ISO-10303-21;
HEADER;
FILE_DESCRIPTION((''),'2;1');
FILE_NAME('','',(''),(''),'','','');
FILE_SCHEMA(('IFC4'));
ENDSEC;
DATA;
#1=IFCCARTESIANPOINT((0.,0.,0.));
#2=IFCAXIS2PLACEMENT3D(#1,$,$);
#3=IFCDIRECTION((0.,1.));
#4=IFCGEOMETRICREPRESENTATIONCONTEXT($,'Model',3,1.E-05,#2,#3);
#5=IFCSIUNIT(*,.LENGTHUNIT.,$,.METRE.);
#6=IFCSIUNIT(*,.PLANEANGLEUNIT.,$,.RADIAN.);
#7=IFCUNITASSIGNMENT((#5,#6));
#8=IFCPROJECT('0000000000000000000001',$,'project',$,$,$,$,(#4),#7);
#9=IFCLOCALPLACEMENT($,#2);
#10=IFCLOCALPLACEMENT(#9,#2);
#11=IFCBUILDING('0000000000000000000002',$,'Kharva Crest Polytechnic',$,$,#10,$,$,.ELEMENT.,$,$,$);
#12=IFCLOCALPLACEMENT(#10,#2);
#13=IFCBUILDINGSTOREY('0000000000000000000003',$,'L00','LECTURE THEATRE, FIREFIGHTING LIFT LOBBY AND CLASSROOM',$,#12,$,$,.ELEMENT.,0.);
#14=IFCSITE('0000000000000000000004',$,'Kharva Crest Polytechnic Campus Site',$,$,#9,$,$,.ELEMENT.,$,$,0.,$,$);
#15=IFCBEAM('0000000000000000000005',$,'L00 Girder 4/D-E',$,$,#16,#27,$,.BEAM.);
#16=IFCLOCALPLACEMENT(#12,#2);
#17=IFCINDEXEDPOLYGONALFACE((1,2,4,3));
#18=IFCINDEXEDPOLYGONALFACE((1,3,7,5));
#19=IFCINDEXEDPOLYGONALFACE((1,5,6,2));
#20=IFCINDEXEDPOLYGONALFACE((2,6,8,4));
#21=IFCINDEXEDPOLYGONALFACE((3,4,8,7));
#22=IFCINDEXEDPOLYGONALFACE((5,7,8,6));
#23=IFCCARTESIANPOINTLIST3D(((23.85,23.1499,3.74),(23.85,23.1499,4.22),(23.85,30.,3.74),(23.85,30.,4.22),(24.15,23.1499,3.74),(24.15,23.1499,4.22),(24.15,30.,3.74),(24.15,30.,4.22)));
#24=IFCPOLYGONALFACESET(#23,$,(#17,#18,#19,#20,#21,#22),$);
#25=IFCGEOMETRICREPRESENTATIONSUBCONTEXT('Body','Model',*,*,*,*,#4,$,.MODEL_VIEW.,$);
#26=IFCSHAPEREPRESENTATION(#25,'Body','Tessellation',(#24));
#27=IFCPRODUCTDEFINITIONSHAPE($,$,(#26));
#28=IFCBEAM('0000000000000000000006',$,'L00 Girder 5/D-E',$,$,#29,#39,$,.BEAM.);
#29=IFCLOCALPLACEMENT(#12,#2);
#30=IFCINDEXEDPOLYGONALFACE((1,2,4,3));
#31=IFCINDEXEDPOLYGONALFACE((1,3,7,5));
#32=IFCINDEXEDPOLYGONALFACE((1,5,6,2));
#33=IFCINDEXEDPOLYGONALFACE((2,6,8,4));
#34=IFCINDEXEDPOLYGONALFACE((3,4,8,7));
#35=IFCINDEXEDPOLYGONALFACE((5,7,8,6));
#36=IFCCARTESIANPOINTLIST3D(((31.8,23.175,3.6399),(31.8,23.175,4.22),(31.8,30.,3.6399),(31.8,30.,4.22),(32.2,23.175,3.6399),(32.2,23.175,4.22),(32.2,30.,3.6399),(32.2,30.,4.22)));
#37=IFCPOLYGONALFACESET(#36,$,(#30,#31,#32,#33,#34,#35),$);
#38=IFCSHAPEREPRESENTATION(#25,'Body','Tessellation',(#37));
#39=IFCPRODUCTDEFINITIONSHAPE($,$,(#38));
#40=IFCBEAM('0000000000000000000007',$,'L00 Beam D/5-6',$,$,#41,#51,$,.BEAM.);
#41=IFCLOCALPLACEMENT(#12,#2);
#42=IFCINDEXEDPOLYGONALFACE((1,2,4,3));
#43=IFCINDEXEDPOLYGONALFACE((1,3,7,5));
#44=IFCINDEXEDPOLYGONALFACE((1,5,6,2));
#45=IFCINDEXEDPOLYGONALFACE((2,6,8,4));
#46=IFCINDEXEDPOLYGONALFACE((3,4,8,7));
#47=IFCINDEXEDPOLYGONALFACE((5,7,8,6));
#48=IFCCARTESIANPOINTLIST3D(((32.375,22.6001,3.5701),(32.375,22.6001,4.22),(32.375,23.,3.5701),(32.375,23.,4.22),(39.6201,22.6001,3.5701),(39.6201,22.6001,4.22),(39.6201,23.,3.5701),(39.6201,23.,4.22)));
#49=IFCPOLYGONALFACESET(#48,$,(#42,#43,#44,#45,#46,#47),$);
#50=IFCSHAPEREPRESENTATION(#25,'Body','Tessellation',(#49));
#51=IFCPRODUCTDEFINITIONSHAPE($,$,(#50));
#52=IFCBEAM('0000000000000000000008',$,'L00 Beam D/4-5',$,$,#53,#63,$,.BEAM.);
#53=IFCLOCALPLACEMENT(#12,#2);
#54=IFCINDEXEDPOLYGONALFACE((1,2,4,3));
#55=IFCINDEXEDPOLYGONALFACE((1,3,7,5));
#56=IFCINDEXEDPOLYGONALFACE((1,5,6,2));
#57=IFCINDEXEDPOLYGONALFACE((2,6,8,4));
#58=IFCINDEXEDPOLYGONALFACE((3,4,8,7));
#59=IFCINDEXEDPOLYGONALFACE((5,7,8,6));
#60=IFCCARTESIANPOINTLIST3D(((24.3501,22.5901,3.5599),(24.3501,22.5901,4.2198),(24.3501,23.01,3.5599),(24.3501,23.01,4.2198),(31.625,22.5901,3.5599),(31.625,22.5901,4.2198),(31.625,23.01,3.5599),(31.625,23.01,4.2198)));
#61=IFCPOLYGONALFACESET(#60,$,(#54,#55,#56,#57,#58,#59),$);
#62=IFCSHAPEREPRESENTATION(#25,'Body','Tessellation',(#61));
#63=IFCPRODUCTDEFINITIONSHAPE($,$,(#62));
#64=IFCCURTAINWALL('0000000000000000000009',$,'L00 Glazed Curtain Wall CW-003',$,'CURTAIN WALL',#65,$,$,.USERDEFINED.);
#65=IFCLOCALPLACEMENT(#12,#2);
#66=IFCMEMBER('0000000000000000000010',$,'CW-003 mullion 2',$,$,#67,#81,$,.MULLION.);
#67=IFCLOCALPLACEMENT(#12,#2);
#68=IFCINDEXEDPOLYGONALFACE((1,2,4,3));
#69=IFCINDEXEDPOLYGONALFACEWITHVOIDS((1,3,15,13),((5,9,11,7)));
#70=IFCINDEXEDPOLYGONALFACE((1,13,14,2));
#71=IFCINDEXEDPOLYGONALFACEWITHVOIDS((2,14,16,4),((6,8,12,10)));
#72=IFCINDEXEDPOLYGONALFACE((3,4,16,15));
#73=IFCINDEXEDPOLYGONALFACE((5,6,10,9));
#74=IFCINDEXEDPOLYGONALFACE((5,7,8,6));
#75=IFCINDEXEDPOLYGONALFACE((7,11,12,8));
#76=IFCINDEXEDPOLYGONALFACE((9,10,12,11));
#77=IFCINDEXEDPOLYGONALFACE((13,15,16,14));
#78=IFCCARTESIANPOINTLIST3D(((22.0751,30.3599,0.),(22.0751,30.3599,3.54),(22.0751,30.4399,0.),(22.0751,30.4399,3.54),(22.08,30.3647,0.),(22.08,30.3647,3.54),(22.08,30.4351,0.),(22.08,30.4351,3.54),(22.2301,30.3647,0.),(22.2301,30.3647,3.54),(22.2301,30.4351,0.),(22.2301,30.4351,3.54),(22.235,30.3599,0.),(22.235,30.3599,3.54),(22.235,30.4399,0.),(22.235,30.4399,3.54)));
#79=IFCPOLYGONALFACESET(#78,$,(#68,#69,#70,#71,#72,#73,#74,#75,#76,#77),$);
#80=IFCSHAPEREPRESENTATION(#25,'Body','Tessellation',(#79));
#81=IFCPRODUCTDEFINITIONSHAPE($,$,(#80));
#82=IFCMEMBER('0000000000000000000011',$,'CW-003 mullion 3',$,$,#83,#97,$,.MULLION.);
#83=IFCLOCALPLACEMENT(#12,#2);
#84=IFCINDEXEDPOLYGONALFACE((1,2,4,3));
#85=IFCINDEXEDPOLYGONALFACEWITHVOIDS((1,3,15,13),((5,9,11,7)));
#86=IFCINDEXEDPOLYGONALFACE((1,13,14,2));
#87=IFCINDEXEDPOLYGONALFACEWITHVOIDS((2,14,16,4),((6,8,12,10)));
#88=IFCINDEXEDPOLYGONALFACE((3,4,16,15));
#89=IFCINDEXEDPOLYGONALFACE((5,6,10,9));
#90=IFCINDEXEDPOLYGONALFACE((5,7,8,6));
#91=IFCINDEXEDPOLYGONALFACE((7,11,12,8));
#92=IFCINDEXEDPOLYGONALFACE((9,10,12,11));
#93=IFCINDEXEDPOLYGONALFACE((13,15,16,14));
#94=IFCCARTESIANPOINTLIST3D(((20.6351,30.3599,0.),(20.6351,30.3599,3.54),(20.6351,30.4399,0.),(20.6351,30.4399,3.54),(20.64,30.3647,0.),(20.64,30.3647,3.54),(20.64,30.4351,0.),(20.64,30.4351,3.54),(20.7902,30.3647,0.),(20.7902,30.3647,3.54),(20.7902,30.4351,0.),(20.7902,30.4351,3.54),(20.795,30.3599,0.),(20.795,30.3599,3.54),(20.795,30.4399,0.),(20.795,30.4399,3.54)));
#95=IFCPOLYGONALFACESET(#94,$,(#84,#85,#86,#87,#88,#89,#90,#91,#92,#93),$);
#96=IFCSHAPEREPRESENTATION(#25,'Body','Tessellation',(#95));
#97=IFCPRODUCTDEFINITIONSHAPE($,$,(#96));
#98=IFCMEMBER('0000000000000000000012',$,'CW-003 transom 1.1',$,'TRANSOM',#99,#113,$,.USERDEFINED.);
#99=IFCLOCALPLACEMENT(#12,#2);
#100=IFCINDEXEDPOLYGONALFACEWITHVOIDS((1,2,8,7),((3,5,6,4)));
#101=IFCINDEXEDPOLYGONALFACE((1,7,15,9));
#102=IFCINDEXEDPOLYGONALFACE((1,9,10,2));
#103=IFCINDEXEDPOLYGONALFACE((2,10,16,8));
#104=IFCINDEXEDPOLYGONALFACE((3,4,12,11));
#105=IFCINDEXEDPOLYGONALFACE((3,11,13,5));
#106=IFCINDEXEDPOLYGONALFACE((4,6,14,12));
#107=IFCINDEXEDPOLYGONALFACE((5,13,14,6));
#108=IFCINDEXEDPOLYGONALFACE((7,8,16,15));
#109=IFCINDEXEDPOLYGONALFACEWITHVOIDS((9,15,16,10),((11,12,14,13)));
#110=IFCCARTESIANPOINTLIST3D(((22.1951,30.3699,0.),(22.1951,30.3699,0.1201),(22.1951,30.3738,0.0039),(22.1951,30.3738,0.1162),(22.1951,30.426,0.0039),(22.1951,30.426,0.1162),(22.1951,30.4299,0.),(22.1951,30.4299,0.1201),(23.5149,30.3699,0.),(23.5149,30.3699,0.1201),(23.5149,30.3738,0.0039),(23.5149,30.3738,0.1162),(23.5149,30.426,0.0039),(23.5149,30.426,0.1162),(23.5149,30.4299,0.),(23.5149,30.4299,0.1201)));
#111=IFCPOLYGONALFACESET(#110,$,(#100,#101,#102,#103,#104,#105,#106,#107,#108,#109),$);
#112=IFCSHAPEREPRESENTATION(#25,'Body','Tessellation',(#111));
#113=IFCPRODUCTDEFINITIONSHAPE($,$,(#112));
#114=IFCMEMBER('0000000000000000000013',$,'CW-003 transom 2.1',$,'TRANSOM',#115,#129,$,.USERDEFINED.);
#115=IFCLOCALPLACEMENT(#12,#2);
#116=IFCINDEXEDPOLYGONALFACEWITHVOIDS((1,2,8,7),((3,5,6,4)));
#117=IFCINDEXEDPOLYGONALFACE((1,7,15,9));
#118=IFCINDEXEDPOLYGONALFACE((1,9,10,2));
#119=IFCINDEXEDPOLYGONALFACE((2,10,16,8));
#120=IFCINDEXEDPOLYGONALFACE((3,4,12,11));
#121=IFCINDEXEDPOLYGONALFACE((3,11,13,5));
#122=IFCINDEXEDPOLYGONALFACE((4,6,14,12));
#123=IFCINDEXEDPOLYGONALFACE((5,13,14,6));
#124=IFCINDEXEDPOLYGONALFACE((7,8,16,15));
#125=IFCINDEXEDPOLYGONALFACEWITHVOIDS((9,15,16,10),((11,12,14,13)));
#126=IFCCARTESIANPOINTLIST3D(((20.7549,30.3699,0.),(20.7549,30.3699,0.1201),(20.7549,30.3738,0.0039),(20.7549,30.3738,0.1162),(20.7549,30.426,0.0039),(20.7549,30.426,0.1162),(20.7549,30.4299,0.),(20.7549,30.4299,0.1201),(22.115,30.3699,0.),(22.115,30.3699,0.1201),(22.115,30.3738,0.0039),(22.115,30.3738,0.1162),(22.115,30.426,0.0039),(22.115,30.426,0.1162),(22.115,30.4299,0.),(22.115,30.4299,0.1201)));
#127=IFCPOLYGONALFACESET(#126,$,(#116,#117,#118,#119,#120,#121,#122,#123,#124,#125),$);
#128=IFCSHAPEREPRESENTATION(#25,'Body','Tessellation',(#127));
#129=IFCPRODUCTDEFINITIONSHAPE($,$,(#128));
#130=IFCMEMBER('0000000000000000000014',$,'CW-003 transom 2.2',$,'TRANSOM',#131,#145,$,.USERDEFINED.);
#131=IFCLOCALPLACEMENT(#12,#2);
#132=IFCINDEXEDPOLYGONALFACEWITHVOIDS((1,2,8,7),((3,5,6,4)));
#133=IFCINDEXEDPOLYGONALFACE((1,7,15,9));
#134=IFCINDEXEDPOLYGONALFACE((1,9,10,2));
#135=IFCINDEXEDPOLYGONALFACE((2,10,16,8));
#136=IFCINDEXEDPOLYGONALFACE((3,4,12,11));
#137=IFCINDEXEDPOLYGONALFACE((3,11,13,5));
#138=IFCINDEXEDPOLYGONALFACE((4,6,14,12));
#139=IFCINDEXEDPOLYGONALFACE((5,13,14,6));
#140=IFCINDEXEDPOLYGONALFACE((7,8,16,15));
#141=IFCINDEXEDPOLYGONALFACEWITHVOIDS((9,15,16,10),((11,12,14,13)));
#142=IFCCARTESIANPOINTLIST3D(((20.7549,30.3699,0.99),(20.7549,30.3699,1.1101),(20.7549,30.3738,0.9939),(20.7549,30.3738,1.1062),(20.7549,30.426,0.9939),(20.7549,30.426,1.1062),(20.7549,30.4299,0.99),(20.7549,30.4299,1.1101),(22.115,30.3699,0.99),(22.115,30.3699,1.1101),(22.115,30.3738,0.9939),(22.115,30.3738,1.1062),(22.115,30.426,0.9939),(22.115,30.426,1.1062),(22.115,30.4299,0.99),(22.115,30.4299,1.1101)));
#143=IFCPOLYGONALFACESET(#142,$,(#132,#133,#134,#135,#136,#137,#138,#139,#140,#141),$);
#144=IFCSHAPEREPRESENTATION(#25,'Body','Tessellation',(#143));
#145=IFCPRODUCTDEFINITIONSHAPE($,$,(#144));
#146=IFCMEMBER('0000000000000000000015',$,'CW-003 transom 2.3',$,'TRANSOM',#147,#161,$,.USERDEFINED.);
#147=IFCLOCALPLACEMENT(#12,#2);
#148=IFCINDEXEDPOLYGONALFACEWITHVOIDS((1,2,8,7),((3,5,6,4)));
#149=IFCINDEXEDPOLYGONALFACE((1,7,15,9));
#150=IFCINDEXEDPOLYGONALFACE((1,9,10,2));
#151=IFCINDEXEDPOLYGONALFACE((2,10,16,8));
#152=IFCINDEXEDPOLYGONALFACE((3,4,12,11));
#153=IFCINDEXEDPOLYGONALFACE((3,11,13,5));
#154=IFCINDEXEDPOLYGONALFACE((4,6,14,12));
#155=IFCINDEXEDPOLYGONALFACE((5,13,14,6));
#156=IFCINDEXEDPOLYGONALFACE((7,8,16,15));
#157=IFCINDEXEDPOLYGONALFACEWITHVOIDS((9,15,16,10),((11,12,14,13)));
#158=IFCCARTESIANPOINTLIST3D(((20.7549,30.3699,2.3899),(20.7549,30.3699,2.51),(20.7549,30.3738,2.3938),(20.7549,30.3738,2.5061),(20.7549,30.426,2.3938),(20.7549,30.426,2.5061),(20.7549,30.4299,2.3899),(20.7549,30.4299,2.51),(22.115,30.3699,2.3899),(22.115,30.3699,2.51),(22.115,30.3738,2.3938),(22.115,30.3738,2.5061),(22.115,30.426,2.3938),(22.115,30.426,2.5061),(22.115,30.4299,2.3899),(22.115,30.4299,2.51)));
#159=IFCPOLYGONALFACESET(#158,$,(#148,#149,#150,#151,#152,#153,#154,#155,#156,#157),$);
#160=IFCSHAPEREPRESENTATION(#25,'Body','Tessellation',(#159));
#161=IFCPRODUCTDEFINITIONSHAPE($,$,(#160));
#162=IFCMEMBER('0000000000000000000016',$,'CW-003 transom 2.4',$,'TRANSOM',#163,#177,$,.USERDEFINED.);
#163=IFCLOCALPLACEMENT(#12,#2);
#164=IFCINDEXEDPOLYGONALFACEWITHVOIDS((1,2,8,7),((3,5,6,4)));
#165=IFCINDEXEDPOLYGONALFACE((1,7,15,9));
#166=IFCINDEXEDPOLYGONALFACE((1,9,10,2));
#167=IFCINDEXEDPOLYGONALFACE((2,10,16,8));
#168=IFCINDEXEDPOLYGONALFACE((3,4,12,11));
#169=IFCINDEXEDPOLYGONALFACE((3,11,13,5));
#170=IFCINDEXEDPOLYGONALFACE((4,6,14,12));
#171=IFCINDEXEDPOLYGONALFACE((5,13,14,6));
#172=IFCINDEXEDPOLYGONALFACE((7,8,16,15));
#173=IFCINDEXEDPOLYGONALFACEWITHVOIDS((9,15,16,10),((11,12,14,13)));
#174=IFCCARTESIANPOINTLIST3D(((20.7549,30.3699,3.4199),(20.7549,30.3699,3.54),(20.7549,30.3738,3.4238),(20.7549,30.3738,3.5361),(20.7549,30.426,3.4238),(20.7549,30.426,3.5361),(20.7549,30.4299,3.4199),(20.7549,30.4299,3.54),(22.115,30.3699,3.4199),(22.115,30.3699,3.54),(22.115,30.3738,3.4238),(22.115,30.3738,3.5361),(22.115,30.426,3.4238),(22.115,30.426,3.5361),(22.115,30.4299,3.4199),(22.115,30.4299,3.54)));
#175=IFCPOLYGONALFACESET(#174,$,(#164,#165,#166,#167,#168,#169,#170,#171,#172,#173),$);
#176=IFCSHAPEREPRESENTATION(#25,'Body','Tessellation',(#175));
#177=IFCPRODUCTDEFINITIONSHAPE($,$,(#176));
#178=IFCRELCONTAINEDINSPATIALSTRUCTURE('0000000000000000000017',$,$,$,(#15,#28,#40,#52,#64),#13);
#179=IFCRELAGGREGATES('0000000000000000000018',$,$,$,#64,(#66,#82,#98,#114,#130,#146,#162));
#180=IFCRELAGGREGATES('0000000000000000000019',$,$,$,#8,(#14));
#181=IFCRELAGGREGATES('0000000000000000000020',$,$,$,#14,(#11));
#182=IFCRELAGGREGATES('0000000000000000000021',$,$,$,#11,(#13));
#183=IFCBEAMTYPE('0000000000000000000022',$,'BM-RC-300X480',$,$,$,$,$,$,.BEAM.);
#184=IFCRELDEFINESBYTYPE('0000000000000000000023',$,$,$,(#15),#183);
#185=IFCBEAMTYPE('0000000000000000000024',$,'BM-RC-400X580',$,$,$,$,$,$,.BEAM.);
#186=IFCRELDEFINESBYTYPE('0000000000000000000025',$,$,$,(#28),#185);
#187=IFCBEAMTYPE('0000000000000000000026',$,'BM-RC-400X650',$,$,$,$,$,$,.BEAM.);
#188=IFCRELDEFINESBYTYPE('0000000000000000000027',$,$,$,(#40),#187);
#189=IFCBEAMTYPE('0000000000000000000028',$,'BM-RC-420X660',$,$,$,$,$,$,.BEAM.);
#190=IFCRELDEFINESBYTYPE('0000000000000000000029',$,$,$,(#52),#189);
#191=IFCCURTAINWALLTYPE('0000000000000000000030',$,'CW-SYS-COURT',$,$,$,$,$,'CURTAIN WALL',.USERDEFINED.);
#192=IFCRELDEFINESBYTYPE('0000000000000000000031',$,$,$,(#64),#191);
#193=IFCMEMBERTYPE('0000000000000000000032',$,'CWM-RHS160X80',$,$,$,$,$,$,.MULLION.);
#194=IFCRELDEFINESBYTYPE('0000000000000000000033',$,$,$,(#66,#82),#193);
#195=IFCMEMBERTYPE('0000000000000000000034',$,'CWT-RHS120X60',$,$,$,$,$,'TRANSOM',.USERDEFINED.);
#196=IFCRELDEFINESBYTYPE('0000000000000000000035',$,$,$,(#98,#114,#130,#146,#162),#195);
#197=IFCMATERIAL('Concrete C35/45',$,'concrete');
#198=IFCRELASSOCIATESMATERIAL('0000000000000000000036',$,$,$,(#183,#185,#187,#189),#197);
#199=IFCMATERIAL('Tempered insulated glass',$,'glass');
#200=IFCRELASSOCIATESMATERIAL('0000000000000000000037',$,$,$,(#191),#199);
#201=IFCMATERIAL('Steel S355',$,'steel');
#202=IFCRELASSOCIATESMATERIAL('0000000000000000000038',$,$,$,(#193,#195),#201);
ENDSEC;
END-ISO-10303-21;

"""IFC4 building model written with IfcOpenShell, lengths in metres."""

from ifc_helpers import new_model, si_unit, direction, frame, origin, origin_2d, place, context, subcontext, project, spatial, rectangle, hollow_rectangle, extrude, material, material_profile, profile_set, type_object, element, aggregate, save


model = new_model("IFC4")

# Units and contexts
model_context = context("Model", 3, precision=1e-05, world=origin(), true_north=direction((0.0, 1.0)))
body_context = subcontext(model_context, "Body", "Model", "MODEL_VIEW")
ifc_project = project(units=[si_unit("LENGTHUNIT", "METRE"), si_unit("PLANEANGLEUNIT", "RADIAN")], contexts=[model_context])

# Site, building, storey
site_placement = place(None, origin())
site = spatial("IfcSite", under=ifc_project, at=site_placement, Name="Kharva Crest Polytechnic Campus Site", CompositionType="ELEMENT", RefElevation=0.0)
building_placement = place(site_placement, origin())
building = spatial("IfcBuilding", under=site, at=building_placement, Name="Kharva Crest Polytechnic", CompositionType="ELEMENT")
storey_placement = place(building_placement, origin())
storey = spatial("IfcBuildingStorey", under=building, at=storey_placement, Name="L00", Description="LECTURE THEATRE, FIREFIGHTING LIFT LOBBY AND CLASSROOM", CompositionType="ELEMENT", Elevation=0.0)

# Shared definitions
ifc_material_1 = material(Name="Concrete C35/45", Category="concrete")

# Beams
ifc_material_profile_1 = material_profile(ifc_material_1, rectangle(XDim=0.3, YDim=0.48, at=origin_2d()), Name="RECT 300 X 480")
ifc_profile_set_1 = profile_set([ifc_material_profile_1], Name="Concrete C35/45")
beam_type_1 = type_object("IfcBeamType", Name="BM-RC-300X480", PredefinedType="BEAM", material=ifc_profile_set_1)
beam_1_placement = place(storey_placement, frame((24.0, 23.1499, 3.98), z_axis=(0.0, 1.0, 0.0), x_axis=(-1.0, 0.0, 0.0)))
element("IfcBeam", 1, at=beam_1_placement, inside=storey, type_object=beam_type_1, Name="L00 Girder 4/D-E", PredefinedType="BEAM", context=body_context, shape_type="SweptSolid", body=[
    extrude(rectangle(XDim=0.3, YDim=0.48, at=origin_2d()), origin(), (0.0, 0.0, 1.0), 6.8501),
])
ifc_material_profile_2 = material_profile(ifc_material_1, rectangle(XDim=0.3999, YDim=0.5801, at=origin_2d()), Name="RECT 400 X 580")
ifc_profile_set_2 = profile_set([ifc_material_profile_2], Name="Concrete C35/45")
beam_type_2 = type_object("IfcBeamType", Name="BM-RC-400X580", PredefinedType="BEAM", material=ifc_profile_set_2)
beam_2_placement = place(storey_placement, frame((32.0, 23.175, 3.9299), z_axis=(0.0, 1.0, 0.0), x_axis=(-1.0, 0.0, 0.0)))
element("IfcBeam", 2, at=beam_2_placement, inside=storey, type_object=beam_type_2, Name="L00 Girder 5/D-E", PredefinedType="BEAM", context=body_context, shape_type="SweptSolid", body=[
    extrude(rectangle(XDim=0.3999, YDim=0.5801, at=origin_2d()), origin(), (0.0, 0.0, 1.0), 6.825),
])
ifc_material_profile_3 = material_profile(ifc_material_1, rectangle(XDim=0.3999, YDim=0.6499, at=origin_2d()), Name="RECT 400 X 650")
ifc_profile_set_3 = profile_set([ifc_material_profile_3], Name="Concrete C35/45")
beam_type_3 = type_object("IfcBeamType", Name="BM-RC-400X650", PredefinedType="BEAM", material=ifc_profile_set_3)
beam_3_placement = place(storey_placement, frame((32.375, 22.8, 3.895), z_axis=(1.0, 0.0, 0.0), x_axis=(0.0, 1.0, 0.0)))
element("IfcBeam", 3, at=beam_3_placement, inside=storey, type_object=beam_type_3, Name="L00 Beam D/5-6", PredefinedType="BEAM", context=body_context, shape_type="SweptSolid", body=[
    extrude(rectangle(XDim=0.3999, YDim=0.6499, at=origin_2d()), origin(), (0.0, 0.0, 1.0), 7.2451),
])
ifc_material_profile_4 = material_profile(ifc_material_1, rectangle(XDim=0.4199, YDim=0.6599, at=origin_2d()), Name="RECT 420 X 660")
ifc_profile_set_4 = profile_set([ifc_material_profile_4], Name="Concrete C35/45")
beam_type_4 = type_object("IfcBeamType", Name="BM-RC-420X660", PredefinedType="BEAM", material=ifc_profile_set_4)
beam_4_placement = place(storey_placement, frame((24.3501, 22.8, 3.8899), z_axis=(1.0, 0.0, 0.0), x_axis=(0.0, 1.0, 0.0)))
element("IfcBeam", 4, at=beam_4_placement, inside=storey, type_object=beam_type_4, Name="L00 Beam D/4-5", PredefinedType="BEAM", context=body_context, shape_type="SweptSolid", body=[
    extrude(rectangle(XDim=0.4199, YDim=0.6599, at=origin_2d()), origin(), (0.0, 0.0, 1.0), 7.2749),
])

# Curtain wall, members
ifc_material_2 = material(Name="Tempered insulated glass", Category="glass")
curtain_wall_type = type_object("IfcCurtainWallType", Name="CW-SYS-COURT", ElementType="CURTAIN WALL", PredefinedType="USERDEFINED", material=ifc_material_2)
curtain_wall_placement = place(storey_placement, origin())
curtain_wall = element("IfcCurtainWall", 5, at=curtain_wall_placement, inside=storey, type_object=curtain_wall_type, Name="L00 Glazed Curtain Wall CW-003", ObjectType="CURTAIN WALL", PredefinedType="USERDEFINED")
ifc_material_3 = material(Name="Steel S355", Category="steel")
ifc_material_profile_5 = material_profile(ifc_material_3, hollow_rectangle(XDim=0.0801, YDim=0.1599, WallThickness=0.0049, at=origin_2d()), Name="RHS 160X80X5.0")
ifc_profile_set_5 = profile_set([ifc_material_profile_5], Name="Steel S355")
member_type_1 = type_object("IfcMemberType", Name="CWM-RHS160X80", PredefinedType="MULLION", material=ifc_profile_set_5)
member_1_placement = place(storey_placement, frame((22.155, 30.3999, 0.0), z_axis=(0.0, 0.0, 1.0), x_axis=(0.0, -1.0, 0.0)))
member_1 = element("IfcMember", 6, at=member_1_placement, type_object=member_type_1, Name="CW-003 mullion 2", PredefinedType="MULLION", context=body_context, shape_type="SweptSolid", body=[
    extrude(hollow_rectangle(XDim=0.0801, YDim=0.1599, WallThickness=0.0049, at=origin_2d()), origin(), (0.0, 0.0, 1.0), 3.54),
])
member_2_placement = place(storey_placement, frame((20.7151, 30.3999, 0.0), z_axis=(0.0, 0.0, 1.0), x_axis=(0.0, -1.0, 0.0)))
member_2 = element("IfcMember", 7, at=member_2_placement, type_object=member_type_1, Name="CW-003 mullion 3", PredefinedType="MULLION", context=body_context, shape_type="SweptSolid", body=[
    extrude(hollow_rectangle(XDim=0.0801, YDim=0.1599, WallThickness=0.0049, at=origin_2d()), origin(), (0.0, 0.0, 1.0), 3.54),
])
ifc_material_profile_6 = material_profile(ifc_material_3, hollow_rectangle(XDim=0.0601, YDim=0.1201, WallThickness=0.0039, at=origin_2d()), Name="RHS 120X60X4.0")
ifc_profile_set_6 = profile_set([ifc_material_profile_6], Name="Steel S355")
member_type_2 = type_object("IfcMemberType", Name="CWT-RHS120X60", ElementType="TRANSOM", PredefinedType="USERDEFINED", material=ifc_profile_set_6)
member_3_placement = place(storey_placement, frame((23.5149, 30.3999, 0.0601), z_axis=(-1.0, 0.0, 0.0), x_axis=(0.0, -1.0, 0.0)))
member_3 = element("IfcMember", 8, at=member_3_placement, type_object=member_type_2, Name="CW-003 transom 1.1", ObjectType="TRANSOM", PredefinedType="USERDEFINED", context=body_context, shape_type="SweptSolid", body=[
    extrude(hollow_rectangle(XDim=0.0601, YDim=0.1201, WallThickness=0.0039, at=origin_2d()), origin(), (0.0, 0.0, 1.0), 1.3198),
])
member_4_placement = place(storey_placement, frame((22.115, 30.3999, 0.0601), z_axis=(-1.0, 0.0, 0.0), x_axis=(0.0, -1.0, 0.0)))
member_4 = element("IfcMember", 9, at=member_4_placement, type_object=member_type_2, Name="CW-003 transom 2.1", ObjectType="TRANSOM", PredefinedType="USERDEFINED", context=body_context, shape_type="SweptSolid", body=[
    extrude(hollow_rectangle(XDim=0.0601, YDim=0.1201, WallThickness=0.0039, at=origin_2d()), origin(), (0.0, 0.0, 1.0), 1.3601),
])
member_5_placement = place(storey_placement, frame((22.115, 30.3999, 1.05), z_axis=(-1.0, 0.0, 0.0), x_axis=(0.0, -1.0, 0.0)))
member_5 = element("IfcMember", 10, at=member_5_placement, type_object=member_type_2, Name="CW-003 transom 2.2", ObjectType="TRANSOM", PredefinedType="USERDEFINED", context=body_context, shape_type="SweptSolid", body=[
    extrude(hollow_rectangle(XDim=0.0601, YDim=0.1201, WallThickness=0.0039, at=origin_2d()), origin(), (0.0, 0.0, 1.0), 1.3601),
])
member_6_placement = place(storey_placement, frame((22.115, 30.3999, 2.45), z_axis=(-1.0, 0.0, 0.0), x_axis=(0.0, -1.0, 0.0)))
member_6 = element("IfcMember", 11, at=member_6_placement, type_object=member_type_2, Name="CW-003 transom 2.3", ObjectType="TRANSOM", PredefinedType="USERDEFINED", context=body_context, shape_type="SweptSolid", body=[
    extrude(hollow_rectangle(XDim=0.0601, YDim=0.1201, WallThickness=0.0039, at=origin_2d()), origin(), (0.0, 0.0, 1.0), 1.3601),
])
member_7_placement = place(storey_placement, frame((22.115, 30.3999, 3.48), z_axis=(-1.0, 0.0, 0.0), x_axis=(0.0, -1.0, 0.0)))
member_7 = element("IfcMember", 12, at=member_7_placement, type_object=member_type_2, Name="CW-003 transom 2.4", ObjectType="TRANSOM", PredefinedType="USERDEFINED", context=body_context, shape_type="SweptSolid", body=[
    extrude(hollow_rectangle(XDim=0.0601, YDim=0.1201, WallThickness=0.0039, at=origin_2d()), origin(), (0.0, 0.0, 1.0), 1.3601),
])
aggregate(curtain_wall, [member_1, member_2, member_3, member_4, member_5, member_6, member_7])

save(model, "model.ifc")
